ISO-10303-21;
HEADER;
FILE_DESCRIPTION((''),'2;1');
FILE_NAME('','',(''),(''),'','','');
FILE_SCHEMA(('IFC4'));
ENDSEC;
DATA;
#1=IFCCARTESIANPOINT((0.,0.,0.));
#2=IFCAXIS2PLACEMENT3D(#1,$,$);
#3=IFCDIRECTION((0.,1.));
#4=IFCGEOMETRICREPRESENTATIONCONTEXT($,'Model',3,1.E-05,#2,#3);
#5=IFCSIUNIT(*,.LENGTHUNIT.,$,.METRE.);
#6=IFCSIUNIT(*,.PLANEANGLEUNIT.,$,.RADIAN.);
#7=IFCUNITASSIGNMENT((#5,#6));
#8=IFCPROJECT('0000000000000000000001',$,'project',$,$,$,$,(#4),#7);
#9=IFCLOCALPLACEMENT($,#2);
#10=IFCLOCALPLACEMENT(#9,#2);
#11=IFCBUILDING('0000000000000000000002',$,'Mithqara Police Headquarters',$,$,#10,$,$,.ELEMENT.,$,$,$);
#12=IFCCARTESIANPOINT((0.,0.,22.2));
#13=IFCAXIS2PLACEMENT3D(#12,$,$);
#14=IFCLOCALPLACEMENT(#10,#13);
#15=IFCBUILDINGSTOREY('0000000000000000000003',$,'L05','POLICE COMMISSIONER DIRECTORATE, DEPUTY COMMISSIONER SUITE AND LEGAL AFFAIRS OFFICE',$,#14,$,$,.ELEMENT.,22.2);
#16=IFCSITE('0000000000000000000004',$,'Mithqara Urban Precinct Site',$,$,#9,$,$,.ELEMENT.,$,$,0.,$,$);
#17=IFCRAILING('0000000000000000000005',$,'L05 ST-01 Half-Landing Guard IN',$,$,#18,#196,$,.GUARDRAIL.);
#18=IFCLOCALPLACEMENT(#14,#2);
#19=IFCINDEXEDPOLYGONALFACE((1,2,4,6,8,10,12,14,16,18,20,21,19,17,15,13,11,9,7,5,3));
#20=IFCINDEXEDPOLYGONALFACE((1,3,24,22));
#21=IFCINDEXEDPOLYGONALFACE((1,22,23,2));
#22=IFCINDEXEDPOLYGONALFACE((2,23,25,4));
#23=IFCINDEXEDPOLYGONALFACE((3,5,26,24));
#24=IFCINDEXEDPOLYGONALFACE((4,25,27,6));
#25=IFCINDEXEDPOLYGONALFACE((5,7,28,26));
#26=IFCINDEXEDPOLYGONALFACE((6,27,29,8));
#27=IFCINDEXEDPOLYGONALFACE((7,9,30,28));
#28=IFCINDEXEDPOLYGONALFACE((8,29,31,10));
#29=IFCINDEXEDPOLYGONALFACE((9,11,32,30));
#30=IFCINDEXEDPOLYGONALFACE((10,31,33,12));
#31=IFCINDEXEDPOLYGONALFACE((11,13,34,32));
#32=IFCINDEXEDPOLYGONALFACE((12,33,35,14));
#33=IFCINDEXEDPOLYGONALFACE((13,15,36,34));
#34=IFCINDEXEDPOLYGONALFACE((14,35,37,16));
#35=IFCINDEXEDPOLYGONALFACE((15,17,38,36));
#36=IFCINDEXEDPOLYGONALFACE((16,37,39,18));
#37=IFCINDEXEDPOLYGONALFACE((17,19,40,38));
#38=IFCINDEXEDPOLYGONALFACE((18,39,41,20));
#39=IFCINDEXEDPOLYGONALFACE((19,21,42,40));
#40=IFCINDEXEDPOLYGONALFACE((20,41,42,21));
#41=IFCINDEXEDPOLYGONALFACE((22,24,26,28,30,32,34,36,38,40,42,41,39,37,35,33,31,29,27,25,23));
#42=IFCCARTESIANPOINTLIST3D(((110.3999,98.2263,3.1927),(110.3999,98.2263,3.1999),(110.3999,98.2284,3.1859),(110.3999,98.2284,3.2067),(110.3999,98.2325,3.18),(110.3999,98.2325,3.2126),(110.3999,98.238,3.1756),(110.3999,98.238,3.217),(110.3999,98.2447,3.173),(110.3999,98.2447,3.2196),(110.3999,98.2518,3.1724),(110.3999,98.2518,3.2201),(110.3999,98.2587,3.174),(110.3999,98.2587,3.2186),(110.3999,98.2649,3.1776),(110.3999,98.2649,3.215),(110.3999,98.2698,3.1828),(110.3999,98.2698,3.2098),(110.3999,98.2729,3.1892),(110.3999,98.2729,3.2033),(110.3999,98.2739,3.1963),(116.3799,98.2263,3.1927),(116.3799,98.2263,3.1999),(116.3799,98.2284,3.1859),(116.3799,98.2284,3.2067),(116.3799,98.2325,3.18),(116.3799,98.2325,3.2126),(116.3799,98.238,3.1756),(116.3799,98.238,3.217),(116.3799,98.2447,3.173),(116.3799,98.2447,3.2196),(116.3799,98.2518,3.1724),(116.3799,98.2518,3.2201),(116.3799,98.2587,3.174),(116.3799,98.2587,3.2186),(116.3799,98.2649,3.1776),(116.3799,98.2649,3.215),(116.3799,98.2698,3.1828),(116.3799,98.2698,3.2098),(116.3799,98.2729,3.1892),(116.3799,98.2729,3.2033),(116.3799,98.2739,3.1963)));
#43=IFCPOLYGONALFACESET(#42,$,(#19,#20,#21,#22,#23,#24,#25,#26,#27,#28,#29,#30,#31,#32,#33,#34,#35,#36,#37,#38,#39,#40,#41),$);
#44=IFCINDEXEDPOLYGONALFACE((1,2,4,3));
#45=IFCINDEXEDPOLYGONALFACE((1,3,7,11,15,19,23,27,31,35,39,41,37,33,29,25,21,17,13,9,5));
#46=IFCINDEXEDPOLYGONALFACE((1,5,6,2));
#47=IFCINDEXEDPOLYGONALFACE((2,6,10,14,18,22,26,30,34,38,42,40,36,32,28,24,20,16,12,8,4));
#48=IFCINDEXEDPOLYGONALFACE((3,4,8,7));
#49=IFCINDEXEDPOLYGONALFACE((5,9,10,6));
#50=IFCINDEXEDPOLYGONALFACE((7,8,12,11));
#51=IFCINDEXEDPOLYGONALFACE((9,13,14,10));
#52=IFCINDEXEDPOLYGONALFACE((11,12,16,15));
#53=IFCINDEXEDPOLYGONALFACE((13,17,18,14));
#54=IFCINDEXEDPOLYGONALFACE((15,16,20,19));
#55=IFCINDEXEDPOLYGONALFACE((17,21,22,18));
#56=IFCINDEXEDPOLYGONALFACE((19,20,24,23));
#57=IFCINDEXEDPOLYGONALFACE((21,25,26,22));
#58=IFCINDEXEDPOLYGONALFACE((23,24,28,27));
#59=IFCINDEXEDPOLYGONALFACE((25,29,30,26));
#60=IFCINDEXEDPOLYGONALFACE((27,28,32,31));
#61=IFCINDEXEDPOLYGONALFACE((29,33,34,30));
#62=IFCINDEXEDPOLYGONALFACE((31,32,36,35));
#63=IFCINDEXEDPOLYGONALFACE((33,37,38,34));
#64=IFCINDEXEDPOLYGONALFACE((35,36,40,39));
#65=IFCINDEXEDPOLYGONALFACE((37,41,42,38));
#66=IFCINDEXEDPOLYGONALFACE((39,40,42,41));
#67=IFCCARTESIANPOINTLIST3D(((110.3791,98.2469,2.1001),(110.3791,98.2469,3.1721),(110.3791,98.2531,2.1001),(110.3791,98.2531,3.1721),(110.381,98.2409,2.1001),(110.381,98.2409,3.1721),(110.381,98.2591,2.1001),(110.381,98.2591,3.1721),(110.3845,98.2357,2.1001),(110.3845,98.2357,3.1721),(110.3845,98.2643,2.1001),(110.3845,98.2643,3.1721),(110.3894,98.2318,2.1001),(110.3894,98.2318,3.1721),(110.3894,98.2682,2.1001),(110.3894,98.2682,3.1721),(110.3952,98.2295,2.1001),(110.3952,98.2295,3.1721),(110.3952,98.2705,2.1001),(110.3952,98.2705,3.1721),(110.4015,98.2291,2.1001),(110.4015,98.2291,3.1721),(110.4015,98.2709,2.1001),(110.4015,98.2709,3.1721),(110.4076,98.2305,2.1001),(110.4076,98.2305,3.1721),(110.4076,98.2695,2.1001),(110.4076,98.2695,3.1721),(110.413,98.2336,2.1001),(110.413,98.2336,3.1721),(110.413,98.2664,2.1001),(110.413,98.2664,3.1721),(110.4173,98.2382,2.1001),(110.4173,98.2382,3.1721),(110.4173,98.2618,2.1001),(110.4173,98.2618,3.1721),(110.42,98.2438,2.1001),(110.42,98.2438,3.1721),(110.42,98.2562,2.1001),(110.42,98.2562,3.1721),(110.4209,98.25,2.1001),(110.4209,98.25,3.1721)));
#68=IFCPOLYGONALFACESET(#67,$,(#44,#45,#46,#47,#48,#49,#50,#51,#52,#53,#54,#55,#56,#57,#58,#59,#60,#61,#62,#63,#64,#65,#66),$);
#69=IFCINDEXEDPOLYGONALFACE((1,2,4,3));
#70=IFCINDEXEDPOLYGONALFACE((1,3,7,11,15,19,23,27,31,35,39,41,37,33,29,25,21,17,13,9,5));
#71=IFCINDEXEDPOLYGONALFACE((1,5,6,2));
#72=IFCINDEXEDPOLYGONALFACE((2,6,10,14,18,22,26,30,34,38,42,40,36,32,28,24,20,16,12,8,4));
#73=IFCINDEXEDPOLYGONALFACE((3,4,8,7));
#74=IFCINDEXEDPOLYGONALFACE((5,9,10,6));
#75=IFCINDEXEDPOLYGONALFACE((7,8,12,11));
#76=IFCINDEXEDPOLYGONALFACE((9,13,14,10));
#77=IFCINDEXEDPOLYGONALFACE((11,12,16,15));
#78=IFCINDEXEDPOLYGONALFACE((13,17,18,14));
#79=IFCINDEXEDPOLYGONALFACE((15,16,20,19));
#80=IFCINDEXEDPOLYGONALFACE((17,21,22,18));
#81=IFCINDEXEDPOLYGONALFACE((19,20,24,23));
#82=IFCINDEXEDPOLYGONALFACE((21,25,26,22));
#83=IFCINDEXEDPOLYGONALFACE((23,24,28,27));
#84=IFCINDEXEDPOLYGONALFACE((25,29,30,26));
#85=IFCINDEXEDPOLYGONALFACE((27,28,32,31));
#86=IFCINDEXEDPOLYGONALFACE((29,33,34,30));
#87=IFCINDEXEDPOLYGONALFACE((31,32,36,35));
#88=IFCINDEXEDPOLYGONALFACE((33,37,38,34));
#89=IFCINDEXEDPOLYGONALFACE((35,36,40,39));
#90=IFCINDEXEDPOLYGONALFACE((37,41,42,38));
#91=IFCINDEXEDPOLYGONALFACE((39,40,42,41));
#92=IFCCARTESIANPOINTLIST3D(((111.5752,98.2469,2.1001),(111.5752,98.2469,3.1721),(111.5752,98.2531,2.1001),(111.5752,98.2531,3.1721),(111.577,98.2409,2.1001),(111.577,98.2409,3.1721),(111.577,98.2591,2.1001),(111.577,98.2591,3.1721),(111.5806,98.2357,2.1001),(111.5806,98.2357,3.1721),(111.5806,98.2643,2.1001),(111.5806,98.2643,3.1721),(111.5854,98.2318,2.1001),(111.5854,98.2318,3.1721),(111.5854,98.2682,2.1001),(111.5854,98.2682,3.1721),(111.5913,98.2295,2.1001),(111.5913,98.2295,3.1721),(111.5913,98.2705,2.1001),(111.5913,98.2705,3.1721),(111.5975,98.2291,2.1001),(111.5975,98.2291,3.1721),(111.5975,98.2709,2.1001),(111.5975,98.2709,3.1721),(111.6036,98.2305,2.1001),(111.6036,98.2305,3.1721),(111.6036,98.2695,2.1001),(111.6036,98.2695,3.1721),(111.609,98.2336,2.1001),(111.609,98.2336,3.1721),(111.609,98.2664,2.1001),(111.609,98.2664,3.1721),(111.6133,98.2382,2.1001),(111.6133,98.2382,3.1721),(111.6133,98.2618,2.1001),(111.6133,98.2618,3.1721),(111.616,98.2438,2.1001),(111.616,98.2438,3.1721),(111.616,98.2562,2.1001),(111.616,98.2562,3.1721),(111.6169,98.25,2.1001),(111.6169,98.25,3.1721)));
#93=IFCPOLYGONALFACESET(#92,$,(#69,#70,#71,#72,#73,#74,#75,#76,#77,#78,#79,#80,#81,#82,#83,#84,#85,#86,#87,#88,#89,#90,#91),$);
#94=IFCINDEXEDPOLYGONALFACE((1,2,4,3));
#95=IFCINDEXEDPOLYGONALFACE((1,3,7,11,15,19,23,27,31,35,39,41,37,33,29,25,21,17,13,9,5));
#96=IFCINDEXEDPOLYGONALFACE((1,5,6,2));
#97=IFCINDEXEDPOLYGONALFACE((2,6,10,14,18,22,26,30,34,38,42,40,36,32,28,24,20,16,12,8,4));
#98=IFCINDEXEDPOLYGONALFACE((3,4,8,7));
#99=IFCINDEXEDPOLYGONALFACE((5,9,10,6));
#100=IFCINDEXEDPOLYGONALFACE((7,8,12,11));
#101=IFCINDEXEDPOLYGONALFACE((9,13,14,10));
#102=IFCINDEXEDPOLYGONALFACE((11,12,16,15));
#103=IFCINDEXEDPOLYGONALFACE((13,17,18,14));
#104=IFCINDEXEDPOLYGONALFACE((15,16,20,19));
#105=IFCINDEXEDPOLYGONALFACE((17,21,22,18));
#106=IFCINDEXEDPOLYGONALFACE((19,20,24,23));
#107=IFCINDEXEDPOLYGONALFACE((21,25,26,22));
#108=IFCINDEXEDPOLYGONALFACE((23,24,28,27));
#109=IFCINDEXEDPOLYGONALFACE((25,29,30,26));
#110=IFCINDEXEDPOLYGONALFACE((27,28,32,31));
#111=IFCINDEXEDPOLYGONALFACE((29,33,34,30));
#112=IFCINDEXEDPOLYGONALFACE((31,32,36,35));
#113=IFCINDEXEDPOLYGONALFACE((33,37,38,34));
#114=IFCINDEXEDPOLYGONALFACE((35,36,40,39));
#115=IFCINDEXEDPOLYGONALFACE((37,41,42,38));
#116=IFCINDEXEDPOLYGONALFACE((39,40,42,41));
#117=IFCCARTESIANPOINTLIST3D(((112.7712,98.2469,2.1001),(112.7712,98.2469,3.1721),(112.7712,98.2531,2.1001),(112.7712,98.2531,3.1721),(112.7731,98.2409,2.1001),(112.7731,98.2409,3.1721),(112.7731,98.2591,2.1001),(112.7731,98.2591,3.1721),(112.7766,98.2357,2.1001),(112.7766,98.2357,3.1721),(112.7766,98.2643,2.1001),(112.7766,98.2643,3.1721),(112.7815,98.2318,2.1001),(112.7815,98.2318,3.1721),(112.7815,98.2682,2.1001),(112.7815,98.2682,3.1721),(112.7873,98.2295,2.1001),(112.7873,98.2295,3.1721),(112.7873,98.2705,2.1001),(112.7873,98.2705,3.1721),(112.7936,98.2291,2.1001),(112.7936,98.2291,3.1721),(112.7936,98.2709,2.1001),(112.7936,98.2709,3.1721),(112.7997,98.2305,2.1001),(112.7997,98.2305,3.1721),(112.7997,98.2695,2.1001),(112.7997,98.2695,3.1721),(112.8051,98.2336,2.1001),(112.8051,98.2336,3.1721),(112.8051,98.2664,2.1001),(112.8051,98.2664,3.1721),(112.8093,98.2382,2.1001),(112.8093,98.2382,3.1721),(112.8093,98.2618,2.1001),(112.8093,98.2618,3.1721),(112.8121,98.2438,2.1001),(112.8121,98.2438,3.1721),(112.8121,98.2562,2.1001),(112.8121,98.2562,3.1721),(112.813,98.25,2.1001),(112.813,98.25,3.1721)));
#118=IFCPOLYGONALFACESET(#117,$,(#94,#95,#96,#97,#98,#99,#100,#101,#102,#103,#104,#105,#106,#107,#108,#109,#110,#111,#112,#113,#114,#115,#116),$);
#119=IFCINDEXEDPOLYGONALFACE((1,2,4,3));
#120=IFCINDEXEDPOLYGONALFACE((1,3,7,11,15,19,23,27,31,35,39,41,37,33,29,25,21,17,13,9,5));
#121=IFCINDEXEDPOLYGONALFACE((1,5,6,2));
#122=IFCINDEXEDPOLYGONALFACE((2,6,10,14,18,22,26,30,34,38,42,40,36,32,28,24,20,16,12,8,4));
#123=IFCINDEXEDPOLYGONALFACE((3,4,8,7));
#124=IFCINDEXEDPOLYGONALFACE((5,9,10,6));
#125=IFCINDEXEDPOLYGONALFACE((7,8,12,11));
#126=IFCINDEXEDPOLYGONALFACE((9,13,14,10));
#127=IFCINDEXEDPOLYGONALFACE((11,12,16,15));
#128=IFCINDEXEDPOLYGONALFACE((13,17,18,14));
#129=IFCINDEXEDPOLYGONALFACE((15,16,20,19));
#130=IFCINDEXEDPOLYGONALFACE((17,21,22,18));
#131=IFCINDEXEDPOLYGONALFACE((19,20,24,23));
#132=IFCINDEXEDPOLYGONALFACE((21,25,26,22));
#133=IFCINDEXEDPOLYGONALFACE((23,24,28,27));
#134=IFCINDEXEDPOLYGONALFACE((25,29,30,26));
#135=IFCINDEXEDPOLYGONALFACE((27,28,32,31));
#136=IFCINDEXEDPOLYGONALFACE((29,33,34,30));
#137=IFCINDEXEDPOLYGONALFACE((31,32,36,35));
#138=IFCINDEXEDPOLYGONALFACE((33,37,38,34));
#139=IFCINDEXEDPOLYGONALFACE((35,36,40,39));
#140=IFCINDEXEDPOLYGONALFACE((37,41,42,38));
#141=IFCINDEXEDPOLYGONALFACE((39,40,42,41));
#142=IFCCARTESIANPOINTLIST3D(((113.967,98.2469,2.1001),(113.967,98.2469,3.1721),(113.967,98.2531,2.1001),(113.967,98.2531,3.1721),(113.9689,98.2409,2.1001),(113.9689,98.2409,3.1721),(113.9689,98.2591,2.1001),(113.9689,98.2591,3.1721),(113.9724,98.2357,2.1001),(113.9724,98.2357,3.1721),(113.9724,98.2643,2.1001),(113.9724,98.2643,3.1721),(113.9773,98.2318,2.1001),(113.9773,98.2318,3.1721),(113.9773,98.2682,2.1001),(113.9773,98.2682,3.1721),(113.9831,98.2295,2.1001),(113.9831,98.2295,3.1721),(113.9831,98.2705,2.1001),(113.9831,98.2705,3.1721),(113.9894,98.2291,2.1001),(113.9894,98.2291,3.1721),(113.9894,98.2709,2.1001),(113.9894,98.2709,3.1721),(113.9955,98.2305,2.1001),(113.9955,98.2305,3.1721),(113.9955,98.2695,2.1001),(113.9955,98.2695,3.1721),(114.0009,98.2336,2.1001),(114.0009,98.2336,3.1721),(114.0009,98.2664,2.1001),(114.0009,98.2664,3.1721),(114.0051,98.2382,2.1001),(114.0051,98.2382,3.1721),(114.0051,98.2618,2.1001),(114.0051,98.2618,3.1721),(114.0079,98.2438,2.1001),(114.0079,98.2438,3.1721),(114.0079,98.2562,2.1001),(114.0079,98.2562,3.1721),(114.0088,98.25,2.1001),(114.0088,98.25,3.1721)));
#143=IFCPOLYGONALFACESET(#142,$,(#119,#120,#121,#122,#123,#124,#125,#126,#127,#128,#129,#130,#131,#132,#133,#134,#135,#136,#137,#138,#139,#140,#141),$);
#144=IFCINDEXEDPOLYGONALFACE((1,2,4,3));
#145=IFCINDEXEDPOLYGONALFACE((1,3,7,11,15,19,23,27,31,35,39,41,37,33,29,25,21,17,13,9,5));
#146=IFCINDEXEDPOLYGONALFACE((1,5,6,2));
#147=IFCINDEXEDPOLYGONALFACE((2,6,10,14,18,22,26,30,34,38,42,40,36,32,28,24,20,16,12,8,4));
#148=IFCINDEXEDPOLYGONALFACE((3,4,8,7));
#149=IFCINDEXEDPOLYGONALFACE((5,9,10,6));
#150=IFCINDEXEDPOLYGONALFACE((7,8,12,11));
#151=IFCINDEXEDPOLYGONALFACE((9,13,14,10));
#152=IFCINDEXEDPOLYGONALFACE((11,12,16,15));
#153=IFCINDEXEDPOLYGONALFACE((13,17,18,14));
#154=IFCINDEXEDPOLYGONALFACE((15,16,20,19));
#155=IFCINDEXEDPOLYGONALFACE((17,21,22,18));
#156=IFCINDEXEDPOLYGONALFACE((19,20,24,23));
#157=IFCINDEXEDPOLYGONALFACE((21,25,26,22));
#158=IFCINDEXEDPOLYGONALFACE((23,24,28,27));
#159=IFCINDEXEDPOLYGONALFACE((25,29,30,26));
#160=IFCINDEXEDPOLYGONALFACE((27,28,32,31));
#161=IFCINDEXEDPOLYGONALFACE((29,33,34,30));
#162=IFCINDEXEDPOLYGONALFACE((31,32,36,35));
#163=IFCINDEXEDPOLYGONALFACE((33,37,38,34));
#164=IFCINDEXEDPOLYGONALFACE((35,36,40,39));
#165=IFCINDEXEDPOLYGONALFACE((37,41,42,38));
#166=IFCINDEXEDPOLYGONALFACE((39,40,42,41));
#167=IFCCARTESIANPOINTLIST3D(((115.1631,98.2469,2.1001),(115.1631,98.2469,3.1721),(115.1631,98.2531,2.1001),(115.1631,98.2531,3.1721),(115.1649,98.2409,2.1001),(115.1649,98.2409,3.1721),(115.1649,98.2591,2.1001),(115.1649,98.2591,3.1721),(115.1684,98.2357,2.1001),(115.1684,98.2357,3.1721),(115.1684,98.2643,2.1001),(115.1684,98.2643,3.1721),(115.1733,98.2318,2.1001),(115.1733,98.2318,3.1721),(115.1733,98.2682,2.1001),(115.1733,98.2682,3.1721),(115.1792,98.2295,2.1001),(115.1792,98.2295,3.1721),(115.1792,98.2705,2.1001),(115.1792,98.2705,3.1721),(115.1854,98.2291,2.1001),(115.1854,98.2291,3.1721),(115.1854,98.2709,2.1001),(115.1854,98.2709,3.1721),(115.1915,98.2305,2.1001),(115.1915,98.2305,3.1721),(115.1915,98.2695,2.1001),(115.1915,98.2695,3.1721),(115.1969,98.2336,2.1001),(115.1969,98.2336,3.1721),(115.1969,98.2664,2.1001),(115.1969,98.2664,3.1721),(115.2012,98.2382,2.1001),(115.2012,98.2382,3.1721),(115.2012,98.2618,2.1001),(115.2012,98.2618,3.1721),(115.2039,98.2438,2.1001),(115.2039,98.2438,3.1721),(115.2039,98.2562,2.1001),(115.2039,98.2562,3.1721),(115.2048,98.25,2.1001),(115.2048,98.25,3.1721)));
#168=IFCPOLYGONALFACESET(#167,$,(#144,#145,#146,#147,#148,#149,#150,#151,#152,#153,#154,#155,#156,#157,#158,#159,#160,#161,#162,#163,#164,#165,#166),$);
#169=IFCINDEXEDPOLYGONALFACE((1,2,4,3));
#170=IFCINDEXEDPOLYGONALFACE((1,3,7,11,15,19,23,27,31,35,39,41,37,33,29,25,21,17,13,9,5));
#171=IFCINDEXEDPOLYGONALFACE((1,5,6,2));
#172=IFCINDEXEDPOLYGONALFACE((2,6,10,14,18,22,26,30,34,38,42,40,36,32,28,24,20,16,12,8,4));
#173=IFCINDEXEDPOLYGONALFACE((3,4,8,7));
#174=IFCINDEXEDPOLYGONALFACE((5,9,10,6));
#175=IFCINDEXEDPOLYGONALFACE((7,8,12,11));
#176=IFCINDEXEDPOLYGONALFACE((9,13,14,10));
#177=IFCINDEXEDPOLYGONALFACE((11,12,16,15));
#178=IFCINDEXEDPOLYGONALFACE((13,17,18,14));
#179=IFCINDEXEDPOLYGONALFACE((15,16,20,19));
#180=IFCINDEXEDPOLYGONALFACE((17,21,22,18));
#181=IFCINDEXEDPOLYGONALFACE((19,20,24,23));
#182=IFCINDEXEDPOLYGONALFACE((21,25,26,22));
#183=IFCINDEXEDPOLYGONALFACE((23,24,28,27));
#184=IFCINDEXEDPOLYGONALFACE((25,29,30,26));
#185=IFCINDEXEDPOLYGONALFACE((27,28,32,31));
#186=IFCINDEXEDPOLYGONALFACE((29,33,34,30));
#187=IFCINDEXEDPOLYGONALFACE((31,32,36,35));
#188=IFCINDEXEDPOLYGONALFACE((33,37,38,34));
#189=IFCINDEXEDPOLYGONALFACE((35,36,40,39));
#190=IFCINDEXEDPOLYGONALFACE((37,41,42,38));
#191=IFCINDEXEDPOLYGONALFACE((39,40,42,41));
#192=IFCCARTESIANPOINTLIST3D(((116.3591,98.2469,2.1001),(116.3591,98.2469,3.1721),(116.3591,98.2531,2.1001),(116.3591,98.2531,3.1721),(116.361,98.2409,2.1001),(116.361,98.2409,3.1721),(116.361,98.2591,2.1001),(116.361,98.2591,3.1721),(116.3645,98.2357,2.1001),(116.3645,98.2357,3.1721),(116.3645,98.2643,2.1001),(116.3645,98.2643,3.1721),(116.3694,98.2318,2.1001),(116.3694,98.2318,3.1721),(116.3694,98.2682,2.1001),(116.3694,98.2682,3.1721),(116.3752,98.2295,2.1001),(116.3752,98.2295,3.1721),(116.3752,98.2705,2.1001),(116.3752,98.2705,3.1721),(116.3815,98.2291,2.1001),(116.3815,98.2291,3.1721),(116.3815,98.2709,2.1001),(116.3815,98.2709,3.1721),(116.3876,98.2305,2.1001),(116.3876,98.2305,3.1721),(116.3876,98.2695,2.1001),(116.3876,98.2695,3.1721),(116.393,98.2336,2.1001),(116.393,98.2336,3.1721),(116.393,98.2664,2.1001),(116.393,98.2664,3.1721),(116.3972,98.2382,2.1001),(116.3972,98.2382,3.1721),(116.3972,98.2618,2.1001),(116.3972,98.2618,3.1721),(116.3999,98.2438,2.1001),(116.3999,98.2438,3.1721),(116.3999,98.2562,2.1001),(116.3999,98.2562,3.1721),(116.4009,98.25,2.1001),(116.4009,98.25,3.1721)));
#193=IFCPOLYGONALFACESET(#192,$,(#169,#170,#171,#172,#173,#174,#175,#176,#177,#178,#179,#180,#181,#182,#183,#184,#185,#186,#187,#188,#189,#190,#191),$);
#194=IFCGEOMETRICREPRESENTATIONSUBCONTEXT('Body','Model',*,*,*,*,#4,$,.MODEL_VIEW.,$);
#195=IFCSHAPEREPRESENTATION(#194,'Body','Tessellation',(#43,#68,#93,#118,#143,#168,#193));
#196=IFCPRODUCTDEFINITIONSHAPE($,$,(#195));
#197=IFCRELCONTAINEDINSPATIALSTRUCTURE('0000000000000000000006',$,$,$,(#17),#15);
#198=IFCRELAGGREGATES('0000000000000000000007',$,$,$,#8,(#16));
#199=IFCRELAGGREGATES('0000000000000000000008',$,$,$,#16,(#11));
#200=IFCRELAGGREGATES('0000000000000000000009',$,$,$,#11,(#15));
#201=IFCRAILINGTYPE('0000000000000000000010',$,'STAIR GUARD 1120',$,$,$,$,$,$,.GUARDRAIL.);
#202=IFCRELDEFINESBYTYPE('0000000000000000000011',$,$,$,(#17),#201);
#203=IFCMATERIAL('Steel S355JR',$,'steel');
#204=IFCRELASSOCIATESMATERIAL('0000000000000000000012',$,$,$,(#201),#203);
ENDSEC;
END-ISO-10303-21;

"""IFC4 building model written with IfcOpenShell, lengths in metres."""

from ifc_helpers import new_model, si_unit, direction, frame, origin, origin_2d, place, context, subcontext, project, spatial, circle, extrude, material, type_object, element, save


model = new_model("IFC4")

# Units and contexts
model_context = context("Model", 3, precision=1e-05, world=origin(), true_north=direction((0.0, 1.0)))
body_context = subcontext(model_context, "Body", "Model", "MODEL_VIEW")
ifc_project = project(units=[si_unit("LENGTHUNIT", "METRE"), si_unit("PLANEANGLEUNIT", "RADIAN")], contexts=[model_context])

# Site, building, storey
site_placement = place(None, origin())
site = spatial("IfcSite", under=ifc_project, at=site_placement, Name="Mithqara Urban Precinct Site", CompositionType="ELEMENT", RefElevation=0.0)
building_placement = place(site_placement, origin())
building = spatial("IfcBuilding", under=site, at=building_placement, Name="Mithqara Police Headquarters", CompositionType="ELEMENT")
storey_placement = place(building_placement, frame((0.0, 0.0, 22.2)))
storey = spatial("IfcBuildingStorey", under=building, at=storey_placement, Name="L05", Description="POLICE COMMISSIONER DIRECTORATE, DEPUTY COMMISSIONER SUITE AND LEGAL AFFAIRS OFFICE", CompositionType="ELEMENT", Elevation=22.2)

# Shared definitions
ifc_material_1 = material(Name="Steel S355JR", Category="steel")

# Railing
railing_type_1 = type_object("IfcRailingType", Name="STAIR GUARD 1120", PredefinedType="GUARDRAIL", material=ifc_material_1)
for number, where, name in (
    (1, (110.3999, 98.25, 2.1001), "L05 ST-01 Half-Landing Guard IN"),
):
    element("IfcRailing", number, at=place(storey_placement, frame(where)), inside=storey, type_object=railing_type_1, Name=name, PredefinedType="GUARDRAIL", context=body_context, shape_type="SweptSolid", body=[
        extrude(circle(Radius=0.0239, at=origin_2d()), frame((0.0, 0.0, 1.0962), z_axis=(1.0, 0.0, 0.0), x_axis=(0.0, 1.0, 0.0)), (0.0, 0.0, 1.0), 5.98),
        extrude(circle(Radius=0.021, at=origin_2d()), origin(), (0.0, 0.0, 1.0), 1.072),
        extrude(circle(Radius=0.021, at=origin_2d()), frame((1.196, 0.0, 0.0)), (0.0, 0.0, 1.0), 1.072),
        extrude(circle(Radius=0.021, at=origin_2d()), frame((2.3921, 0.0, 0.0)), (0.0, 0.0, 1.0), 1.072),
        extrude(circle(Radius=0.021, at=origin_2d()), frame((3.5879, 0.0, 0.0)), (0.0, 0.0, 1.0), 1.072),
        extrude(circle(Radius=0.021, at=origin_2d()), frame((4.7839, 0.0, 0.0)), (0.0, 0.0, 1.0), 1.072),
        extrude(circle(Radius=0.021, at=origin_2d()), frame((5.98, 0.0, 0.0)), (0.0, 0.0, 1.0), 1.072),
    ])

save(model, "model.ifc")
